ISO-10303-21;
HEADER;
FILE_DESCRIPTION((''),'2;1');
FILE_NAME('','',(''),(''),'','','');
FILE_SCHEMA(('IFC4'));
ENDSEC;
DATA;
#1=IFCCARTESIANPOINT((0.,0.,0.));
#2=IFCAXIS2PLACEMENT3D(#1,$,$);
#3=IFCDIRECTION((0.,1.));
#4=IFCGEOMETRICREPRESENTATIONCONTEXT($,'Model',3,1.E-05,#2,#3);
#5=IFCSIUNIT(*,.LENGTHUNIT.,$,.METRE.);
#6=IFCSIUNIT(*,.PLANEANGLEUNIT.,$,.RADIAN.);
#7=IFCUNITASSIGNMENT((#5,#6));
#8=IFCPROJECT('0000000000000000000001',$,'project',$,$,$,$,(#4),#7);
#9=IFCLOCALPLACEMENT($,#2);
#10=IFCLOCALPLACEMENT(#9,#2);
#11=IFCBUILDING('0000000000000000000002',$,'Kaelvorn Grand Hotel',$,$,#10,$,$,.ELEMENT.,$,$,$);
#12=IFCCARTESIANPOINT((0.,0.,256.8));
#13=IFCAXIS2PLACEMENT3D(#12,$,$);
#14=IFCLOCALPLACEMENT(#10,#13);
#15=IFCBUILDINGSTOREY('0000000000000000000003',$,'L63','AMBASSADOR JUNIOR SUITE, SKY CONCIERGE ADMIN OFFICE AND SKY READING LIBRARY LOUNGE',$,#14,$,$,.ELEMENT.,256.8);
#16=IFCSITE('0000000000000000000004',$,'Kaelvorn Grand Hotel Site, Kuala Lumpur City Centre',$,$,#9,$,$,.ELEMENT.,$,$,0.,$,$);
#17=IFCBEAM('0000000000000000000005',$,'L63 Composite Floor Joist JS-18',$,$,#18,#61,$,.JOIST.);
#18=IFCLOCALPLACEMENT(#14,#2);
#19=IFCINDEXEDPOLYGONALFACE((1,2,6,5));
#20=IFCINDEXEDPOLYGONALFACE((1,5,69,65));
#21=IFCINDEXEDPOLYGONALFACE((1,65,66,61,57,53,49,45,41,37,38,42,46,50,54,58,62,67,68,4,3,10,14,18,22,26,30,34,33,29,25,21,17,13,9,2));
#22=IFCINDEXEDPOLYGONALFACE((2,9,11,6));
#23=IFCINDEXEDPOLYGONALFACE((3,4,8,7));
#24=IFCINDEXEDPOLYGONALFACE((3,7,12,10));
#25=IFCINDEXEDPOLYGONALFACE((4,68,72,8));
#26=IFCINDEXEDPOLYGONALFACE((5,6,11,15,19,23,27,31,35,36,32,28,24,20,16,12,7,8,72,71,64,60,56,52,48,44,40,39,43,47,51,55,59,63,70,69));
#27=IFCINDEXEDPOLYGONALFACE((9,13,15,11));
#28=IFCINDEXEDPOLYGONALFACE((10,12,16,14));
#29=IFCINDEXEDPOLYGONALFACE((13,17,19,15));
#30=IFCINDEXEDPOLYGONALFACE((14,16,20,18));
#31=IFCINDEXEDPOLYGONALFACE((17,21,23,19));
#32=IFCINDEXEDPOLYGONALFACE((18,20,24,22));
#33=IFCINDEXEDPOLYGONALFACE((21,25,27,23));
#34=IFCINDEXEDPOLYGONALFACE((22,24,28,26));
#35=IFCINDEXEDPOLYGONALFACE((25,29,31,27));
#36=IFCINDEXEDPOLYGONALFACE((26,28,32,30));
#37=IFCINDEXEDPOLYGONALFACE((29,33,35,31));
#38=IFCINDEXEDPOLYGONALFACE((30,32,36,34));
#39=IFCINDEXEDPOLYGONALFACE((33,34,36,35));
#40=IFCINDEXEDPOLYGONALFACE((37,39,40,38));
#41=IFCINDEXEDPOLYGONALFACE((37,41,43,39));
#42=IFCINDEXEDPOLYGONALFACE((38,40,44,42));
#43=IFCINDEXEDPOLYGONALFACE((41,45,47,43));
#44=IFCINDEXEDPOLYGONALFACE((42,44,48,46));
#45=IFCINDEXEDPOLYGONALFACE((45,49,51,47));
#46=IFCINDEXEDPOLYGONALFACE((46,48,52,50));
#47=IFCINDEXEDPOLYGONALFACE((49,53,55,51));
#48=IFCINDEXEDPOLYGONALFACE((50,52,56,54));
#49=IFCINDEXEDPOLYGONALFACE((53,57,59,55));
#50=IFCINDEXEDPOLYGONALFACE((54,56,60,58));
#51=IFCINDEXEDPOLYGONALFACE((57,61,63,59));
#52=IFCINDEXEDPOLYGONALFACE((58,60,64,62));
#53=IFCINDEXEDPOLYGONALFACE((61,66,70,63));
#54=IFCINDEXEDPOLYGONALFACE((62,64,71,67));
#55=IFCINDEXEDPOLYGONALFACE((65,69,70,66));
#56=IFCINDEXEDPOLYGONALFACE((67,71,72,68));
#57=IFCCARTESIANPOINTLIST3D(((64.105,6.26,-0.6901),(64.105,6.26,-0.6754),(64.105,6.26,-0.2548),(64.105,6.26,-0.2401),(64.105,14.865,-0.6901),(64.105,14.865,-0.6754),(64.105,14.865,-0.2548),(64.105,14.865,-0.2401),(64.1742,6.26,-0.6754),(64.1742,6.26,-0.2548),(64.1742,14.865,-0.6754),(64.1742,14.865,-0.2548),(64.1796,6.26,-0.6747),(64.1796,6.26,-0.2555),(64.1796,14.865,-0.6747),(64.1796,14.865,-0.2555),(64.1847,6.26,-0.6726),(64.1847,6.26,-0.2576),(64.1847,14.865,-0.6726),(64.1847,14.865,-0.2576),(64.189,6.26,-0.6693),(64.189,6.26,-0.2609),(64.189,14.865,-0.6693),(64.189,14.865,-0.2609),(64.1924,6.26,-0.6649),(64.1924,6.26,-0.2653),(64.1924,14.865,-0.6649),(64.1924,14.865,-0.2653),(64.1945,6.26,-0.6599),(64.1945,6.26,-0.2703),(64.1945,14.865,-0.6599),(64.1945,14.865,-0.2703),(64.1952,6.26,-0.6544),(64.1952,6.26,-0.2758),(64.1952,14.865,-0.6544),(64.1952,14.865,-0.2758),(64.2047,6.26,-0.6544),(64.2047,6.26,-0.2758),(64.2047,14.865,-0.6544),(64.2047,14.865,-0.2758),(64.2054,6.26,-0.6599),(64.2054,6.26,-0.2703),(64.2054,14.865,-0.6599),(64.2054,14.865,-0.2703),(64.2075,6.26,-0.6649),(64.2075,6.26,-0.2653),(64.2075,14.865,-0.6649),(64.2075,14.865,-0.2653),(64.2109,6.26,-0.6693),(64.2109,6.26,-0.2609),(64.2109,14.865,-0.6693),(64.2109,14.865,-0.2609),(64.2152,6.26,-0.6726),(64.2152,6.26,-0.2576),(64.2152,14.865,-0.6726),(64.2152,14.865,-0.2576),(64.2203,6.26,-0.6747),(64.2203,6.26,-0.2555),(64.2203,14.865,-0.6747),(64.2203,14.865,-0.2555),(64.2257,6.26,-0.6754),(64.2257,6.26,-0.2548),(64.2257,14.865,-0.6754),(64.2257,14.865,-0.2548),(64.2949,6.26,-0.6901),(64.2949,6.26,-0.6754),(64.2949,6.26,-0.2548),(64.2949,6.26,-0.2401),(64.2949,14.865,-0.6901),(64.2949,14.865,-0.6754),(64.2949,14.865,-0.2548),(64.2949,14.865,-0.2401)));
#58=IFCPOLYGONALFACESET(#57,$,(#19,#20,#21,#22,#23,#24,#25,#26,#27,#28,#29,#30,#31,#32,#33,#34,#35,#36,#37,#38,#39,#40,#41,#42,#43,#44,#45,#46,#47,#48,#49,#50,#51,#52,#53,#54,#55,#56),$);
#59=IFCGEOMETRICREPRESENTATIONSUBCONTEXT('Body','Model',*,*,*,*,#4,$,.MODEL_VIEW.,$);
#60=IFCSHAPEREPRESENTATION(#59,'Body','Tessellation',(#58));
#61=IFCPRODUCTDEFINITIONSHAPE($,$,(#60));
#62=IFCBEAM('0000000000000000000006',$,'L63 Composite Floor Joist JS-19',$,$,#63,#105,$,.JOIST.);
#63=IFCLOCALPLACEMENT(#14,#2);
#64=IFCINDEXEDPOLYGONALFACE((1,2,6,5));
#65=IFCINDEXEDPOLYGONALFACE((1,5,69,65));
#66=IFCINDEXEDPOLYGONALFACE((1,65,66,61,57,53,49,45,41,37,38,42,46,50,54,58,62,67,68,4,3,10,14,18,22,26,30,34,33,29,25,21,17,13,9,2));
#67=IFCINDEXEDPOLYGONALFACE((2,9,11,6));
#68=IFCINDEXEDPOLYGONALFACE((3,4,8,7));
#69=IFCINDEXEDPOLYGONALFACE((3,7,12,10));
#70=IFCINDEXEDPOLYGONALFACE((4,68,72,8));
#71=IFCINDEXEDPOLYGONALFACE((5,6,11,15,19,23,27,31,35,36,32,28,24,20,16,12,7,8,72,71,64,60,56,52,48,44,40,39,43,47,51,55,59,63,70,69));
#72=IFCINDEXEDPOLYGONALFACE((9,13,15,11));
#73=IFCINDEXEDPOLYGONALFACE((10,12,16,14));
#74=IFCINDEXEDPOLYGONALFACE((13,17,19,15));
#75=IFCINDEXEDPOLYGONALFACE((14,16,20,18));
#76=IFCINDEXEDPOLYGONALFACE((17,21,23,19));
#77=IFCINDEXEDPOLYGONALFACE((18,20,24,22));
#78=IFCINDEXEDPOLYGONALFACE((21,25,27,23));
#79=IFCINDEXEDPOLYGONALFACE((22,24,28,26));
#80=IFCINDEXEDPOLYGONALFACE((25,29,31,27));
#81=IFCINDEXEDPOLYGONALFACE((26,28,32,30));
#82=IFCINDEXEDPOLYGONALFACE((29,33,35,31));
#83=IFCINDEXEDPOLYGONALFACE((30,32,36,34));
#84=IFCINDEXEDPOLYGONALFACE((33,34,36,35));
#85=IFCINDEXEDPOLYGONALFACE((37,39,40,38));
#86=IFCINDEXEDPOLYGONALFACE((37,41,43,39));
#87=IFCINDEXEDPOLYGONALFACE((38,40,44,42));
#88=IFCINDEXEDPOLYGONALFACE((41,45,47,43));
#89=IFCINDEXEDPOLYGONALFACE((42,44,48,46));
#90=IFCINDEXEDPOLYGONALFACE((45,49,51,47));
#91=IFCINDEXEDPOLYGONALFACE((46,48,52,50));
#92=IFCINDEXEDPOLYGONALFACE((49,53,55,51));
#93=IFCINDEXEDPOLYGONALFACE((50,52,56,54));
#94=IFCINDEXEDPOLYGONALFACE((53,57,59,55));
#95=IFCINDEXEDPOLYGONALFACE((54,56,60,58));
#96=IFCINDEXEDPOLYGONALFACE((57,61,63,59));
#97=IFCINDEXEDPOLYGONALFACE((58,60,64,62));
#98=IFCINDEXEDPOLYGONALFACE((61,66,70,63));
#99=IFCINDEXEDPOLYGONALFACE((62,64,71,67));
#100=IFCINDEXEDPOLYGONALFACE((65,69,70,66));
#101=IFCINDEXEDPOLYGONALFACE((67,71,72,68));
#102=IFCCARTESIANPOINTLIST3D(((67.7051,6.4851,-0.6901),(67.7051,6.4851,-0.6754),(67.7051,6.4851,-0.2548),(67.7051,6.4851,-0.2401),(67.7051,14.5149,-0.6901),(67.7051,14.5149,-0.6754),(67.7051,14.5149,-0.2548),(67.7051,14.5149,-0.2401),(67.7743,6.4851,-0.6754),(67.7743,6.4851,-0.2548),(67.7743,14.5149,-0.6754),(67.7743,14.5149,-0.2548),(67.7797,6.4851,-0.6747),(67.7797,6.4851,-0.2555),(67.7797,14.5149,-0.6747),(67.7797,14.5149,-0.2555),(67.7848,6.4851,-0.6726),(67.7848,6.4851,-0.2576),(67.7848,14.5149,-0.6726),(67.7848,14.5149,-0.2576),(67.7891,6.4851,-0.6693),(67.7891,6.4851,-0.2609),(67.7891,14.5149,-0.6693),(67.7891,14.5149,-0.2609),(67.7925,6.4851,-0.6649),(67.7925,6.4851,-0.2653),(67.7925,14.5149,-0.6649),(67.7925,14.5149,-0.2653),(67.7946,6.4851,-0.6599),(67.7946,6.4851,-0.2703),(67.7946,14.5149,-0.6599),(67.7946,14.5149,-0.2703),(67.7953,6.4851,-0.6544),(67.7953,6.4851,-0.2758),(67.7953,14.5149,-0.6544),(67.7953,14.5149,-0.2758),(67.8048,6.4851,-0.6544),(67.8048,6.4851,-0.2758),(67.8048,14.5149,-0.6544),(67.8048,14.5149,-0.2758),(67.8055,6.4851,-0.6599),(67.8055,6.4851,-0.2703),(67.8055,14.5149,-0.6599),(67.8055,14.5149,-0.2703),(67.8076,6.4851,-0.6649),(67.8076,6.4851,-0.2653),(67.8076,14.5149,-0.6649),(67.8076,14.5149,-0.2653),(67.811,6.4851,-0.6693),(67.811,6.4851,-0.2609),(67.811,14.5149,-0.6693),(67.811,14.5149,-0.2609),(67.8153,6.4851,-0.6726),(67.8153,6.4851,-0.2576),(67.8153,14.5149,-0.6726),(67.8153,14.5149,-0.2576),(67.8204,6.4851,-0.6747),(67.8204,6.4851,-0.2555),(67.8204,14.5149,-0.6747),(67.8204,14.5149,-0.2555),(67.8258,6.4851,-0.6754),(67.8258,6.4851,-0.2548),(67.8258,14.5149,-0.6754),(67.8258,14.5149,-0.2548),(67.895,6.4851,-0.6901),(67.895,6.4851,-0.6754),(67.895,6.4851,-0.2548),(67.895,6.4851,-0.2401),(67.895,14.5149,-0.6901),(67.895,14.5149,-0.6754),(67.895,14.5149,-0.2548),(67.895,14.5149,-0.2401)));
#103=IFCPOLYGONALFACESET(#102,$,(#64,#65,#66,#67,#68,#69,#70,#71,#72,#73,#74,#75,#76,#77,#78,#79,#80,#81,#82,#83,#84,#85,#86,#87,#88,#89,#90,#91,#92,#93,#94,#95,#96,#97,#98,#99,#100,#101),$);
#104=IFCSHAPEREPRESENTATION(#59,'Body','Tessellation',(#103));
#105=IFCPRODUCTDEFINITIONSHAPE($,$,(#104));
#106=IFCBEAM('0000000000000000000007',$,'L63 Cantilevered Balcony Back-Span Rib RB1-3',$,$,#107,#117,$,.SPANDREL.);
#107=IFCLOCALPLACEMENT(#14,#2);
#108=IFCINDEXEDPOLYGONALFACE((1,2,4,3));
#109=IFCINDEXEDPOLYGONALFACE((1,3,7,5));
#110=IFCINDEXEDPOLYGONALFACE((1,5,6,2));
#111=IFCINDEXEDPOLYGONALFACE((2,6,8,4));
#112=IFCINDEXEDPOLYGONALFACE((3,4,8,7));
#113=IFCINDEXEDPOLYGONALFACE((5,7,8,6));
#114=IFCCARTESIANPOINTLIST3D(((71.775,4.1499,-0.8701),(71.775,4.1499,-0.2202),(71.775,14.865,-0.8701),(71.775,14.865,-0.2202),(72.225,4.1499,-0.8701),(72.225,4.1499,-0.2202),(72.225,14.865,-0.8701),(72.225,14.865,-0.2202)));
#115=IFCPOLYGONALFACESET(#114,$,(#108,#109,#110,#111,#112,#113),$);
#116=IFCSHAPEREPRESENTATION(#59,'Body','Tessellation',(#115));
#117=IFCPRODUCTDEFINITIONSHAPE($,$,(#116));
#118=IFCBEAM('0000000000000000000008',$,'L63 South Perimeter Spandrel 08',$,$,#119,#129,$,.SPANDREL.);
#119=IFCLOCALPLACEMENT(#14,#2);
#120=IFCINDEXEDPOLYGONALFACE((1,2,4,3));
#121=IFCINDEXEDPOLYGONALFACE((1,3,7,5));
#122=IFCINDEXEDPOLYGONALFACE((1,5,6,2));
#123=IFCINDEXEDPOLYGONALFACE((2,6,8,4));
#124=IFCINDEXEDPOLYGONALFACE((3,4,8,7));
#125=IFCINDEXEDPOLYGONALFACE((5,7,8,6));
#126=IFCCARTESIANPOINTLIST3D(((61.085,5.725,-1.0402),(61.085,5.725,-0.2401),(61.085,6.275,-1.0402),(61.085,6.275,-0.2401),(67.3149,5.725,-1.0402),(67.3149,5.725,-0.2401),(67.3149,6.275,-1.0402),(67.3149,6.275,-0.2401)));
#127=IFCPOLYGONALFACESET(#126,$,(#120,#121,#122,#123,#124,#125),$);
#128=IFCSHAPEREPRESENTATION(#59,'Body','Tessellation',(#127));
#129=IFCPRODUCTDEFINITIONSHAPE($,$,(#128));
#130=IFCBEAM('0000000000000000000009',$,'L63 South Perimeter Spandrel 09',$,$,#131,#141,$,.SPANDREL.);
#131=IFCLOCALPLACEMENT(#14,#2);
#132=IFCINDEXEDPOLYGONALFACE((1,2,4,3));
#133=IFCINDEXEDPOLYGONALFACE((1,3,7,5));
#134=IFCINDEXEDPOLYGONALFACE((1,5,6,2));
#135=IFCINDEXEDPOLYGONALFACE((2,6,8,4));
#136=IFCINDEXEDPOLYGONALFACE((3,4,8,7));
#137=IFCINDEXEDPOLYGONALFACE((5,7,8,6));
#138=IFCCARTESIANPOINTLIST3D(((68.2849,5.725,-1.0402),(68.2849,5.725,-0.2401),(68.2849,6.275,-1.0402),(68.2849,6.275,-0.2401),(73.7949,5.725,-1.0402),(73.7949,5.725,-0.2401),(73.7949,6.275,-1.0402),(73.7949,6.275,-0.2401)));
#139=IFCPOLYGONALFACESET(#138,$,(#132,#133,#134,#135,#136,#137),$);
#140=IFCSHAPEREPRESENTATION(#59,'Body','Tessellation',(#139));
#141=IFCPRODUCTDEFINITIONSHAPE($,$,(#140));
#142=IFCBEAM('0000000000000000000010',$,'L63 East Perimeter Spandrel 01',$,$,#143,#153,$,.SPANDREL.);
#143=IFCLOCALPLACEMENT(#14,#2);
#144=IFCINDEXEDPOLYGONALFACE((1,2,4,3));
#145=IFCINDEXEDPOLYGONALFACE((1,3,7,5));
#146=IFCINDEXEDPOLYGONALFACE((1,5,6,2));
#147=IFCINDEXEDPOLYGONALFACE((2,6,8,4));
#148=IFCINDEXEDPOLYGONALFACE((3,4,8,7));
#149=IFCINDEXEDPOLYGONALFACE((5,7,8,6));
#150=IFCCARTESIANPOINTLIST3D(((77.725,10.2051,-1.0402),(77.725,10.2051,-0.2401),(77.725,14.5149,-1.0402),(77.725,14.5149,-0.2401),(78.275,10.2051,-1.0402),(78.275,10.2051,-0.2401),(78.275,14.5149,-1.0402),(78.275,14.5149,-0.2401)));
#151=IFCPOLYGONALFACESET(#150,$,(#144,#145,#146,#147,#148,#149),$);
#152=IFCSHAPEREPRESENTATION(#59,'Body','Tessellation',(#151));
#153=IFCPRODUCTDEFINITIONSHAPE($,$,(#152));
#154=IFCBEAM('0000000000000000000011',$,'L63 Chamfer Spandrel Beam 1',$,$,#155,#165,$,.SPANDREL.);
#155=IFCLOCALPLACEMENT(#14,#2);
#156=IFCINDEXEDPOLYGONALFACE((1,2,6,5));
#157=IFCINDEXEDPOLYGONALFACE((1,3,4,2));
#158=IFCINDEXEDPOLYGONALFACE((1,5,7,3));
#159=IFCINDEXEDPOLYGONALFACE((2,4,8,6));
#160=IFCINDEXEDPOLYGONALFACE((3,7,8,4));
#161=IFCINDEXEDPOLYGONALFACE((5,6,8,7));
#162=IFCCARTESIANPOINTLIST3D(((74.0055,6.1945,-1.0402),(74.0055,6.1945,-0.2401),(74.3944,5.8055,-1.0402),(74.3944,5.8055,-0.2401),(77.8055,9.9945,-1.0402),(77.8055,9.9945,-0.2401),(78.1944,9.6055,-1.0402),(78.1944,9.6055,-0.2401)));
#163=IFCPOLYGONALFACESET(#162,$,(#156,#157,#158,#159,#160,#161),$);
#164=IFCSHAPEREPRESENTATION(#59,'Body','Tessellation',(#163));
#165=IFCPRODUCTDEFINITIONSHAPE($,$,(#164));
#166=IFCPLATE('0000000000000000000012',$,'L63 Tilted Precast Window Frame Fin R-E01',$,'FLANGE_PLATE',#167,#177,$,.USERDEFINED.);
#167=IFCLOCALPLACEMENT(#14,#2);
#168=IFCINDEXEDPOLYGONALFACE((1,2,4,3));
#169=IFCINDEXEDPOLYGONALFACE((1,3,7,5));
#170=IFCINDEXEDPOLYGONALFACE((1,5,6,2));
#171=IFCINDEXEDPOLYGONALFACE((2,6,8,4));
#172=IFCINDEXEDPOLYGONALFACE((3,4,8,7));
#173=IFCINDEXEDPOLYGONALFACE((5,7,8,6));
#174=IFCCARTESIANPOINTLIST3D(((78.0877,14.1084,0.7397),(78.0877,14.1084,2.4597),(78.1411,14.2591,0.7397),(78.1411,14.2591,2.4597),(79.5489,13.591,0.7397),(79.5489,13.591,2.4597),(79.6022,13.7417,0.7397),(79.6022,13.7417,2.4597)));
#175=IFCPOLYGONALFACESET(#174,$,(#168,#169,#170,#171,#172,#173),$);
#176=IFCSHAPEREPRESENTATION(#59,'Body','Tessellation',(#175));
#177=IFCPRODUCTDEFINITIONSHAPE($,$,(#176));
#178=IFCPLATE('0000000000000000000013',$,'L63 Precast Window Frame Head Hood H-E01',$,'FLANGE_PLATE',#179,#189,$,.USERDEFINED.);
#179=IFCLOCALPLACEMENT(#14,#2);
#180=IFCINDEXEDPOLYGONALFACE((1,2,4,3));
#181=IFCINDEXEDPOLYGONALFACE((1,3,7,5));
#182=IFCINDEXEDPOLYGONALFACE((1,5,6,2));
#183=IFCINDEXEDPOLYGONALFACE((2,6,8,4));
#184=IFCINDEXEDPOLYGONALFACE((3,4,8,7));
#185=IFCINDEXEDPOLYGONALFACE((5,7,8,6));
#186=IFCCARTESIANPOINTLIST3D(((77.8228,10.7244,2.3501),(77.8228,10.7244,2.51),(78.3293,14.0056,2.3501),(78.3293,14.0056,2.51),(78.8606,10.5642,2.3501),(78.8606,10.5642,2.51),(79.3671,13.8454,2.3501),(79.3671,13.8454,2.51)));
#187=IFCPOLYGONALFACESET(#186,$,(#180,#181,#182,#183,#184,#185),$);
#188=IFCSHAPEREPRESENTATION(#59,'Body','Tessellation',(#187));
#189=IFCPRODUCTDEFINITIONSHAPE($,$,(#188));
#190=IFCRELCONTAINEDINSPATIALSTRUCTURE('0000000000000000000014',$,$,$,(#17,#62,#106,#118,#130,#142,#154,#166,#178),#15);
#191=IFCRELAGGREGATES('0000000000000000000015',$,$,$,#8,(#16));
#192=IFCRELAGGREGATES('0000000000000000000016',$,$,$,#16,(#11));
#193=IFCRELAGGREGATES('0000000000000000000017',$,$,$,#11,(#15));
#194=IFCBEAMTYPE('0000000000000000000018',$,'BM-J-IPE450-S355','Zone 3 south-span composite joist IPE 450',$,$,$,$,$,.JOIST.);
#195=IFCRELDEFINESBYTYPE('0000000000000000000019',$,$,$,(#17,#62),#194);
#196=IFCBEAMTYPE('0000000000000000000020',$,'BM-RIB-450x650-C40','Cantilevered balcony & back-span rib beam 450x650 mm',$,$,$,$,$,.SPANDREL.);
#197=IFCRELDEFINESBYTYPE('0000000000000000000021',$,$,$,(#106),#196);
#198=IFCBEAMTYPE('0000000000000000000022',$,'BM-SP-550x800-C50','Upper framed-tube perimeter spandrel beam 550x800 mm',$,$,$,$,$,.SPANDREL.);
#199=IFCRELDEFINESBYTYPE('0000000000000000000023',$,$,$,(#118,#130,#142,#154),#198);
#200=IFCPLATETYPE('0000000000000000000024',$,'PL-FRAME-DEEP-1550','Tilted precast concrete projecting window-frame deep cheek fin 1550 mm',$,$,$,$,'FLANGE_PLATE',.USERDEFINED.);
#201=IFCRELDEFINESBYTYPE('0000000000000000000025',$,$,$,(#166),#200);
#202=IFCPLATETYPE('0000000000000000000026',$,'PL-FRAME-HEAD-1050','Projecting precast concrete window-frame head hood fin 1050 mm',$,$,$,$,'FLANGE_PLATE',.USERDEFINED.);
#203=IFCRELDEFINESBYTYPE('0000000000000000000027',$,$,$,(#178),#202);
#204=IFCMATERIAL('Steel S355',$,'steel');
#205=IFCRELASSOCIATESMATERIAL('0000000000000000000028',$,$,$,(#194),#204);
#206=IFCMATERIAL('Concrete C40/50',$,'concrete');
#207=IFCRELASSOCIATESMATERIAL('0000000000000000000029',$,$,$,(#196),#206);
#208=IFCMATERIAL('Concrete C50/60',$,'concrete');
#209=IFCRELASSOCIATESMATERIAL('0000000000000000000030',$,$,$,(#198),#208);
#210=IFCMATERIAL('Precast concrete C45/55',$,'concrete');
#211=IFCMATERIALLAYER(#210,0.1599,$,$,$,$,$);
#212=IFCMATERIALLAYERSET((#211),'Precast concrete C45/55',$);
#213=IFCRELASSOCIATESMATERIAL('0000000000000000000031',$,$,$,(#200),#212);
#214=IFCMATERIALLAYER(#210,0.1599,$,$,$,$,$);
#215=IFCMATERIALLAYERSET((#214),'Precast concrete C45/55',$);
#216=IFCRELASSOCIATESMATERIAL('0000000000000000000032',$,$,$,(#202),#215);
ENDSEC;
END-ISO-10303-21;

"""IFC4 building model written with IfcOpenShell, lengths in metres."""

from ifc_helpers import new_model, si_unit, direction, frame, origin, origin_2d, place, context, subcontext, project, spatial, rectangle, i_section, extrude, material, layer, layer_set, material_profile, profile_set, type_object, element, save


model = new_model("IFC4")

# Units and contexts
model_context = context("Model", 3, precision=1e-05, world=origin(), true_north=direction((0.0, 1.0)))
body_context = subcontext(model_context, "Body", "Model", "MODEL_VIEW")
ifc_project = project(units=[si_unit("LENGTHUNIT", "METRE"), si_unit("PLANEANGLEUNIT", "RADIAN")], contexts=[model_context])

# Site, building, storey
site_placement = place(None, origin())
site = spatial("IfcSite", under=ifc_project, at=site_placement, Name="Kaelvorn Grand Hotel Site, Kuala Lumpur City Centre", CompositionType="ELEMENT", RefElevation=0.0)
building_placement = place(site_placement, origin())
building = spatial("IfcBuilding", under=site, at=building_placement, Name="Kaelvorn Grand Hotel", CompositionType="ELEMENT")
storey_placement = place(building_placement, frame((0.0, 0.0, 256.8)))
storey = spatial("IfcBuildingStorey", under=building, at=storey_placement, Name="L63", Description="AMBASSADOR JUNIOR SUITE, SKY CONCIERGE ADMIN OFFICE AND SKY READING LIBRARY LOUNGE", CompositionType="ELEMENT", Elevation=256.8)

# Shared definitions
ifc_material_1 = material(Name="Concrete C50/60", Category="concrete")

# Beams
ifc_material_2 = material(Name="Steel S355", Category="steel")
ifc_material_profile_1 = material_profile(ifc_material_2, i_section(OverallWidth=0.1899, OverallDepth=0.45, WebThickness=0.0095, FlangeThickness=0.0146, FilletRadius=0.021, at=origin_2d()), Name="IPE 450")
ifc_profile_set_1 = profile_set([ifc_material_profile_1], Name="Steel S355")
beam_type_1 = type_object("IfcBeamType", Name="BM-J-IPE450-S355", Description="Zone 3 south-span composite joist IPE 450", PredefinedType="JOIST", material=ifc_profile_set_1)
beam_1_placement = place(storey_placement, frame((64.2, 6.26, -0.4651), z_axis=(0.0, 1.0, 0.0), x_axis=(-1.0, 0.0, 0.0)))
element("IfcBeam", 1, at=beam_1_placement, inside=storey, type_object=beam_type_1, Name="L63 Composite Floor Joist JS-18", PredefinedType="JOIST", context=body_context, shape_type="SweptSolid", body=[
    extrude(i_section(OverallWidth=0.1899, OverallDepth=0.45, WebThickness=0.0095, FlangeThickness=0.0146, FilletRadius=0.021, at=origin_2d()), origin(), (0.0, 0.0, 1.0), 8.605),
])
beam_2_placement = place(storey_placement, frame((67.8, 6.4851, -0.4651), z_axis=(0.0, 1.0, 0.0), x_axis=(-1.0, 0.0, 0.0)))
element("IfcBeam", 2, at=beam_2_placement, inside=storey, type_object=beam_type_1, Name="L63 Composite Floor Joist JS-19", PredefinedType="JOIST", context=body_context, shape_type="SweptSolid", body=[
    extrude(i_section(OverallWidth=0.1899, OverallDepth=0.45, WebThickness=0.0095, FlangeThickness=0.0146, FilletRadius=0.021, at=origin_2d()), origin(), (0.0, 0.0, 1.0), 8.0298),
])
ifc_material_3 = material(Name="Concrete C40/50", Category="concrete")
ifc_material_profile_2 = material_profile(ifc_material_3, rectangle(XDim=0.45, YDim=0.6499, at=origin_2d()), Name="RC RIB 450x650")
ifc_profile_set_2 = profile_set([ifc_material_profile_2], Name="Concrete C40/50")
beam_type_2 = type_object("IfcBeamType", Name="BM-RIB-450x650-C40", Description="Cantilevered balcony & back-span rib beam 450x650 mm", PredefinedType="SPANDREL", material=ifc_profile_set_2)
beam_3_placement = place(storey_placement, frame((72.0, 4.1499, -0.5452), z_axis=(0.0, 1.0, 0.0), x_axis=(-1.0, 0.0, 0.0)))
element("IfcBeam", 3, at=beam_3_placement, inside=storey, type_object=beam_type_2, Name="L63 Cantilevered Balcony Back-Span Rib RB1-3", PredefinedType="SPANDREL", context=body_context, shape_type="SweptSolid", body=[
    extrude(rectangle(XDim=0.45, YDim=0.6499, at=origin_2d()), origin(), (0.0, 0.0, 1.0), 10.7151),
])
ifc_material_profile_3 = material_profile(ifc_material_1, rectangle(XDim=0.55, YDim=0.8, at=origin_2d()), Name="RC SPANDREL 550x800")
ifc_profile_set_3 = profile_set([ifc_material_profile_3], Name="Concrete C50/60")
beam_type_3 = type_object("IfcBeamType", Name="BM-SP-550x800-C50", Description="Upper framed-tube perimeter spandrel beam 550x800 mm", PredefinedType="SPANDREL", material=ifc_profile_set_3)
beam_4_placement = place(storey_placement, frame((61.085, 6.0, -0.6401), z_axis=(1.0, 0.0, 0.0), x_axis=(0.0, 1.0, 0.0)))
element("IfcBeam", 4, at=beam_4_placement, inside=storey, type_object=beam_type_3, Name="L63 South Perimeter Spandrel 08", PredefinedType="SPANDREL", context=body_context, shape_type="SweptSolid", body=[
    extrude(rectangle(XDim=0.55, YDim=0.8, at=origin_2d()), origin(), (0.0, 0.0, 1.0), 6.23),
])
beam_5_placement = place(storey_placement, frame((68.2849, 6.0, -0.6401), z_axis=(1.0, 0.0, 0.0), x_axis=(0.0, 1.0, 0.0)))
element("IfcBeam", 5, at=beam_5_placement, inside=storey, type_object=beam_type_3, Name="L63 South Perimeter Spandrel 09", PredefinedType="SPANDREL", context=body_context, shape_type="SweptSolid", body=[
    extrude(rectangle(XDim=0.55, YDim=0.8, at=origin_2d()), origin(), (0.0, 0.0, 1.0), 5.51),
])
beam_6_placement = place(storey_placement, frame((78.0, 10.2051, -0.6401), z_axis=(0.0, 1.0, 0.0), x_axis=(-1.0, 0.0, 0.0)))
element("IfcBeam", 6, at=beam_6_placement, inside=storey, type_object=beam_type_3, Name="L63 East Perimeter Spandrel 01", PredefinedType="SPANDREL", context=body_context, shape_type="SweptSolid", body=[
    extrude(rectangle(XDim=0.55, YDim=0.8, at=origin_2d()), origin(), (0.0, 0.0, 1.0), 4.3098),
])
beam_7_placement = place(storey_placement, frame((74.2, 6.0, -0.6401), z_axis=(0.707107, 0.707107, 0.0), x_axis=(-0.707107, 0.707107, 0.0)))
element("IfcBeam", 7, at=beam_7_placement, inside=storey, type_object=beam_type_3, Name="L63 Chamfer Spandrel Beam 1", PredefinedType="SPANDREL", context=body_context, shape_type="SweptSolid", body=[
    extrude(rectangle(XDim=0.55, YDim=0.8, at=origin_2d()), origin(), (0.0, 0.0, 1.0), 5.374),
])

# Plates
ifc_material_4 = material(Name="Precast concrete C45/55", Category="concrete")
ifc_layer_1 = layer(ifc_material_4, 0.1599)
ifc_layer_set_1 = layer_set([ifc_layer_1], Name="Precast concrete C45/55")
plate_type_1 = type_object("IfcPlateType", Name="PL-FRAME-DEEP-1550", Description="Tilted precast concrete projecting window-frame deep cheek fin 1550 mm", ElementType="FLANGE_PLATE", PredefinedType="USERDEFINED", material=ifc_layer_set_1)
plate_1_placement = place(storey_placement, frame((78.845, 13.925, 0.7397), z_axis=(0.0, 0.0, 1.0), x_axis=(0.333807, 0.942641, 0.0)))
element("IfcPlate", 8, at=plate_1_placement, inside=storey, type_object=plate_type_1, Name="L63 Tilted Precast Window Frame Fin R-E01", ObjectType="FLANGE_PLATE", PredefinedType="USERDEFINED", context=body_context, shape_type="SweptSolid", body=[
    extrude(rectangle(XDim=0.1599, YDim=1.55, at=origin_2d()), origin(), (0.0, 0.0, 1.0), 1.72),
])
ifc_layer_2 = layer(ifc_material_4, 0.1599)
ifc_layer_set_2 = layer_set([ifc_layer_2], Name="Precast concrete C45/55")
plate_type_2 = type_object("IfcPlateType", Name="PL-FRAME-HEAD-1050", Description="Projecting precast concrete window-frame head hood fin 1050 mm", ElementType="FLANGE_PLATE", PredefinedType="USERDEFINED", material=ifc_layer_set_2)
plate_2_placement = place(storey_placement, frame((78.595, 12.2849, 2.3501), z_axis=(0.0, 0.0, 1.0), x_axis=(0.152555, 0.988295, 0.0)))
element("IfcPlate", 9, at=plate_2_placement, inside=storey, type_object=plate_type_2, Name="L63 Precast Window Frame Head Hood H-E01", ObjectType="FLANGE_PLATE", PredefinedType="USERDEFINED", context=body_context, shape_type="SweptSolid", body=[
    extrude(rectangle(XDim=3.3201, YDim=1.05, at=origin_2d()), origin(), (0.0, 0.0, 1.0), 0.1599),
])

save(model, "model.ifc")
